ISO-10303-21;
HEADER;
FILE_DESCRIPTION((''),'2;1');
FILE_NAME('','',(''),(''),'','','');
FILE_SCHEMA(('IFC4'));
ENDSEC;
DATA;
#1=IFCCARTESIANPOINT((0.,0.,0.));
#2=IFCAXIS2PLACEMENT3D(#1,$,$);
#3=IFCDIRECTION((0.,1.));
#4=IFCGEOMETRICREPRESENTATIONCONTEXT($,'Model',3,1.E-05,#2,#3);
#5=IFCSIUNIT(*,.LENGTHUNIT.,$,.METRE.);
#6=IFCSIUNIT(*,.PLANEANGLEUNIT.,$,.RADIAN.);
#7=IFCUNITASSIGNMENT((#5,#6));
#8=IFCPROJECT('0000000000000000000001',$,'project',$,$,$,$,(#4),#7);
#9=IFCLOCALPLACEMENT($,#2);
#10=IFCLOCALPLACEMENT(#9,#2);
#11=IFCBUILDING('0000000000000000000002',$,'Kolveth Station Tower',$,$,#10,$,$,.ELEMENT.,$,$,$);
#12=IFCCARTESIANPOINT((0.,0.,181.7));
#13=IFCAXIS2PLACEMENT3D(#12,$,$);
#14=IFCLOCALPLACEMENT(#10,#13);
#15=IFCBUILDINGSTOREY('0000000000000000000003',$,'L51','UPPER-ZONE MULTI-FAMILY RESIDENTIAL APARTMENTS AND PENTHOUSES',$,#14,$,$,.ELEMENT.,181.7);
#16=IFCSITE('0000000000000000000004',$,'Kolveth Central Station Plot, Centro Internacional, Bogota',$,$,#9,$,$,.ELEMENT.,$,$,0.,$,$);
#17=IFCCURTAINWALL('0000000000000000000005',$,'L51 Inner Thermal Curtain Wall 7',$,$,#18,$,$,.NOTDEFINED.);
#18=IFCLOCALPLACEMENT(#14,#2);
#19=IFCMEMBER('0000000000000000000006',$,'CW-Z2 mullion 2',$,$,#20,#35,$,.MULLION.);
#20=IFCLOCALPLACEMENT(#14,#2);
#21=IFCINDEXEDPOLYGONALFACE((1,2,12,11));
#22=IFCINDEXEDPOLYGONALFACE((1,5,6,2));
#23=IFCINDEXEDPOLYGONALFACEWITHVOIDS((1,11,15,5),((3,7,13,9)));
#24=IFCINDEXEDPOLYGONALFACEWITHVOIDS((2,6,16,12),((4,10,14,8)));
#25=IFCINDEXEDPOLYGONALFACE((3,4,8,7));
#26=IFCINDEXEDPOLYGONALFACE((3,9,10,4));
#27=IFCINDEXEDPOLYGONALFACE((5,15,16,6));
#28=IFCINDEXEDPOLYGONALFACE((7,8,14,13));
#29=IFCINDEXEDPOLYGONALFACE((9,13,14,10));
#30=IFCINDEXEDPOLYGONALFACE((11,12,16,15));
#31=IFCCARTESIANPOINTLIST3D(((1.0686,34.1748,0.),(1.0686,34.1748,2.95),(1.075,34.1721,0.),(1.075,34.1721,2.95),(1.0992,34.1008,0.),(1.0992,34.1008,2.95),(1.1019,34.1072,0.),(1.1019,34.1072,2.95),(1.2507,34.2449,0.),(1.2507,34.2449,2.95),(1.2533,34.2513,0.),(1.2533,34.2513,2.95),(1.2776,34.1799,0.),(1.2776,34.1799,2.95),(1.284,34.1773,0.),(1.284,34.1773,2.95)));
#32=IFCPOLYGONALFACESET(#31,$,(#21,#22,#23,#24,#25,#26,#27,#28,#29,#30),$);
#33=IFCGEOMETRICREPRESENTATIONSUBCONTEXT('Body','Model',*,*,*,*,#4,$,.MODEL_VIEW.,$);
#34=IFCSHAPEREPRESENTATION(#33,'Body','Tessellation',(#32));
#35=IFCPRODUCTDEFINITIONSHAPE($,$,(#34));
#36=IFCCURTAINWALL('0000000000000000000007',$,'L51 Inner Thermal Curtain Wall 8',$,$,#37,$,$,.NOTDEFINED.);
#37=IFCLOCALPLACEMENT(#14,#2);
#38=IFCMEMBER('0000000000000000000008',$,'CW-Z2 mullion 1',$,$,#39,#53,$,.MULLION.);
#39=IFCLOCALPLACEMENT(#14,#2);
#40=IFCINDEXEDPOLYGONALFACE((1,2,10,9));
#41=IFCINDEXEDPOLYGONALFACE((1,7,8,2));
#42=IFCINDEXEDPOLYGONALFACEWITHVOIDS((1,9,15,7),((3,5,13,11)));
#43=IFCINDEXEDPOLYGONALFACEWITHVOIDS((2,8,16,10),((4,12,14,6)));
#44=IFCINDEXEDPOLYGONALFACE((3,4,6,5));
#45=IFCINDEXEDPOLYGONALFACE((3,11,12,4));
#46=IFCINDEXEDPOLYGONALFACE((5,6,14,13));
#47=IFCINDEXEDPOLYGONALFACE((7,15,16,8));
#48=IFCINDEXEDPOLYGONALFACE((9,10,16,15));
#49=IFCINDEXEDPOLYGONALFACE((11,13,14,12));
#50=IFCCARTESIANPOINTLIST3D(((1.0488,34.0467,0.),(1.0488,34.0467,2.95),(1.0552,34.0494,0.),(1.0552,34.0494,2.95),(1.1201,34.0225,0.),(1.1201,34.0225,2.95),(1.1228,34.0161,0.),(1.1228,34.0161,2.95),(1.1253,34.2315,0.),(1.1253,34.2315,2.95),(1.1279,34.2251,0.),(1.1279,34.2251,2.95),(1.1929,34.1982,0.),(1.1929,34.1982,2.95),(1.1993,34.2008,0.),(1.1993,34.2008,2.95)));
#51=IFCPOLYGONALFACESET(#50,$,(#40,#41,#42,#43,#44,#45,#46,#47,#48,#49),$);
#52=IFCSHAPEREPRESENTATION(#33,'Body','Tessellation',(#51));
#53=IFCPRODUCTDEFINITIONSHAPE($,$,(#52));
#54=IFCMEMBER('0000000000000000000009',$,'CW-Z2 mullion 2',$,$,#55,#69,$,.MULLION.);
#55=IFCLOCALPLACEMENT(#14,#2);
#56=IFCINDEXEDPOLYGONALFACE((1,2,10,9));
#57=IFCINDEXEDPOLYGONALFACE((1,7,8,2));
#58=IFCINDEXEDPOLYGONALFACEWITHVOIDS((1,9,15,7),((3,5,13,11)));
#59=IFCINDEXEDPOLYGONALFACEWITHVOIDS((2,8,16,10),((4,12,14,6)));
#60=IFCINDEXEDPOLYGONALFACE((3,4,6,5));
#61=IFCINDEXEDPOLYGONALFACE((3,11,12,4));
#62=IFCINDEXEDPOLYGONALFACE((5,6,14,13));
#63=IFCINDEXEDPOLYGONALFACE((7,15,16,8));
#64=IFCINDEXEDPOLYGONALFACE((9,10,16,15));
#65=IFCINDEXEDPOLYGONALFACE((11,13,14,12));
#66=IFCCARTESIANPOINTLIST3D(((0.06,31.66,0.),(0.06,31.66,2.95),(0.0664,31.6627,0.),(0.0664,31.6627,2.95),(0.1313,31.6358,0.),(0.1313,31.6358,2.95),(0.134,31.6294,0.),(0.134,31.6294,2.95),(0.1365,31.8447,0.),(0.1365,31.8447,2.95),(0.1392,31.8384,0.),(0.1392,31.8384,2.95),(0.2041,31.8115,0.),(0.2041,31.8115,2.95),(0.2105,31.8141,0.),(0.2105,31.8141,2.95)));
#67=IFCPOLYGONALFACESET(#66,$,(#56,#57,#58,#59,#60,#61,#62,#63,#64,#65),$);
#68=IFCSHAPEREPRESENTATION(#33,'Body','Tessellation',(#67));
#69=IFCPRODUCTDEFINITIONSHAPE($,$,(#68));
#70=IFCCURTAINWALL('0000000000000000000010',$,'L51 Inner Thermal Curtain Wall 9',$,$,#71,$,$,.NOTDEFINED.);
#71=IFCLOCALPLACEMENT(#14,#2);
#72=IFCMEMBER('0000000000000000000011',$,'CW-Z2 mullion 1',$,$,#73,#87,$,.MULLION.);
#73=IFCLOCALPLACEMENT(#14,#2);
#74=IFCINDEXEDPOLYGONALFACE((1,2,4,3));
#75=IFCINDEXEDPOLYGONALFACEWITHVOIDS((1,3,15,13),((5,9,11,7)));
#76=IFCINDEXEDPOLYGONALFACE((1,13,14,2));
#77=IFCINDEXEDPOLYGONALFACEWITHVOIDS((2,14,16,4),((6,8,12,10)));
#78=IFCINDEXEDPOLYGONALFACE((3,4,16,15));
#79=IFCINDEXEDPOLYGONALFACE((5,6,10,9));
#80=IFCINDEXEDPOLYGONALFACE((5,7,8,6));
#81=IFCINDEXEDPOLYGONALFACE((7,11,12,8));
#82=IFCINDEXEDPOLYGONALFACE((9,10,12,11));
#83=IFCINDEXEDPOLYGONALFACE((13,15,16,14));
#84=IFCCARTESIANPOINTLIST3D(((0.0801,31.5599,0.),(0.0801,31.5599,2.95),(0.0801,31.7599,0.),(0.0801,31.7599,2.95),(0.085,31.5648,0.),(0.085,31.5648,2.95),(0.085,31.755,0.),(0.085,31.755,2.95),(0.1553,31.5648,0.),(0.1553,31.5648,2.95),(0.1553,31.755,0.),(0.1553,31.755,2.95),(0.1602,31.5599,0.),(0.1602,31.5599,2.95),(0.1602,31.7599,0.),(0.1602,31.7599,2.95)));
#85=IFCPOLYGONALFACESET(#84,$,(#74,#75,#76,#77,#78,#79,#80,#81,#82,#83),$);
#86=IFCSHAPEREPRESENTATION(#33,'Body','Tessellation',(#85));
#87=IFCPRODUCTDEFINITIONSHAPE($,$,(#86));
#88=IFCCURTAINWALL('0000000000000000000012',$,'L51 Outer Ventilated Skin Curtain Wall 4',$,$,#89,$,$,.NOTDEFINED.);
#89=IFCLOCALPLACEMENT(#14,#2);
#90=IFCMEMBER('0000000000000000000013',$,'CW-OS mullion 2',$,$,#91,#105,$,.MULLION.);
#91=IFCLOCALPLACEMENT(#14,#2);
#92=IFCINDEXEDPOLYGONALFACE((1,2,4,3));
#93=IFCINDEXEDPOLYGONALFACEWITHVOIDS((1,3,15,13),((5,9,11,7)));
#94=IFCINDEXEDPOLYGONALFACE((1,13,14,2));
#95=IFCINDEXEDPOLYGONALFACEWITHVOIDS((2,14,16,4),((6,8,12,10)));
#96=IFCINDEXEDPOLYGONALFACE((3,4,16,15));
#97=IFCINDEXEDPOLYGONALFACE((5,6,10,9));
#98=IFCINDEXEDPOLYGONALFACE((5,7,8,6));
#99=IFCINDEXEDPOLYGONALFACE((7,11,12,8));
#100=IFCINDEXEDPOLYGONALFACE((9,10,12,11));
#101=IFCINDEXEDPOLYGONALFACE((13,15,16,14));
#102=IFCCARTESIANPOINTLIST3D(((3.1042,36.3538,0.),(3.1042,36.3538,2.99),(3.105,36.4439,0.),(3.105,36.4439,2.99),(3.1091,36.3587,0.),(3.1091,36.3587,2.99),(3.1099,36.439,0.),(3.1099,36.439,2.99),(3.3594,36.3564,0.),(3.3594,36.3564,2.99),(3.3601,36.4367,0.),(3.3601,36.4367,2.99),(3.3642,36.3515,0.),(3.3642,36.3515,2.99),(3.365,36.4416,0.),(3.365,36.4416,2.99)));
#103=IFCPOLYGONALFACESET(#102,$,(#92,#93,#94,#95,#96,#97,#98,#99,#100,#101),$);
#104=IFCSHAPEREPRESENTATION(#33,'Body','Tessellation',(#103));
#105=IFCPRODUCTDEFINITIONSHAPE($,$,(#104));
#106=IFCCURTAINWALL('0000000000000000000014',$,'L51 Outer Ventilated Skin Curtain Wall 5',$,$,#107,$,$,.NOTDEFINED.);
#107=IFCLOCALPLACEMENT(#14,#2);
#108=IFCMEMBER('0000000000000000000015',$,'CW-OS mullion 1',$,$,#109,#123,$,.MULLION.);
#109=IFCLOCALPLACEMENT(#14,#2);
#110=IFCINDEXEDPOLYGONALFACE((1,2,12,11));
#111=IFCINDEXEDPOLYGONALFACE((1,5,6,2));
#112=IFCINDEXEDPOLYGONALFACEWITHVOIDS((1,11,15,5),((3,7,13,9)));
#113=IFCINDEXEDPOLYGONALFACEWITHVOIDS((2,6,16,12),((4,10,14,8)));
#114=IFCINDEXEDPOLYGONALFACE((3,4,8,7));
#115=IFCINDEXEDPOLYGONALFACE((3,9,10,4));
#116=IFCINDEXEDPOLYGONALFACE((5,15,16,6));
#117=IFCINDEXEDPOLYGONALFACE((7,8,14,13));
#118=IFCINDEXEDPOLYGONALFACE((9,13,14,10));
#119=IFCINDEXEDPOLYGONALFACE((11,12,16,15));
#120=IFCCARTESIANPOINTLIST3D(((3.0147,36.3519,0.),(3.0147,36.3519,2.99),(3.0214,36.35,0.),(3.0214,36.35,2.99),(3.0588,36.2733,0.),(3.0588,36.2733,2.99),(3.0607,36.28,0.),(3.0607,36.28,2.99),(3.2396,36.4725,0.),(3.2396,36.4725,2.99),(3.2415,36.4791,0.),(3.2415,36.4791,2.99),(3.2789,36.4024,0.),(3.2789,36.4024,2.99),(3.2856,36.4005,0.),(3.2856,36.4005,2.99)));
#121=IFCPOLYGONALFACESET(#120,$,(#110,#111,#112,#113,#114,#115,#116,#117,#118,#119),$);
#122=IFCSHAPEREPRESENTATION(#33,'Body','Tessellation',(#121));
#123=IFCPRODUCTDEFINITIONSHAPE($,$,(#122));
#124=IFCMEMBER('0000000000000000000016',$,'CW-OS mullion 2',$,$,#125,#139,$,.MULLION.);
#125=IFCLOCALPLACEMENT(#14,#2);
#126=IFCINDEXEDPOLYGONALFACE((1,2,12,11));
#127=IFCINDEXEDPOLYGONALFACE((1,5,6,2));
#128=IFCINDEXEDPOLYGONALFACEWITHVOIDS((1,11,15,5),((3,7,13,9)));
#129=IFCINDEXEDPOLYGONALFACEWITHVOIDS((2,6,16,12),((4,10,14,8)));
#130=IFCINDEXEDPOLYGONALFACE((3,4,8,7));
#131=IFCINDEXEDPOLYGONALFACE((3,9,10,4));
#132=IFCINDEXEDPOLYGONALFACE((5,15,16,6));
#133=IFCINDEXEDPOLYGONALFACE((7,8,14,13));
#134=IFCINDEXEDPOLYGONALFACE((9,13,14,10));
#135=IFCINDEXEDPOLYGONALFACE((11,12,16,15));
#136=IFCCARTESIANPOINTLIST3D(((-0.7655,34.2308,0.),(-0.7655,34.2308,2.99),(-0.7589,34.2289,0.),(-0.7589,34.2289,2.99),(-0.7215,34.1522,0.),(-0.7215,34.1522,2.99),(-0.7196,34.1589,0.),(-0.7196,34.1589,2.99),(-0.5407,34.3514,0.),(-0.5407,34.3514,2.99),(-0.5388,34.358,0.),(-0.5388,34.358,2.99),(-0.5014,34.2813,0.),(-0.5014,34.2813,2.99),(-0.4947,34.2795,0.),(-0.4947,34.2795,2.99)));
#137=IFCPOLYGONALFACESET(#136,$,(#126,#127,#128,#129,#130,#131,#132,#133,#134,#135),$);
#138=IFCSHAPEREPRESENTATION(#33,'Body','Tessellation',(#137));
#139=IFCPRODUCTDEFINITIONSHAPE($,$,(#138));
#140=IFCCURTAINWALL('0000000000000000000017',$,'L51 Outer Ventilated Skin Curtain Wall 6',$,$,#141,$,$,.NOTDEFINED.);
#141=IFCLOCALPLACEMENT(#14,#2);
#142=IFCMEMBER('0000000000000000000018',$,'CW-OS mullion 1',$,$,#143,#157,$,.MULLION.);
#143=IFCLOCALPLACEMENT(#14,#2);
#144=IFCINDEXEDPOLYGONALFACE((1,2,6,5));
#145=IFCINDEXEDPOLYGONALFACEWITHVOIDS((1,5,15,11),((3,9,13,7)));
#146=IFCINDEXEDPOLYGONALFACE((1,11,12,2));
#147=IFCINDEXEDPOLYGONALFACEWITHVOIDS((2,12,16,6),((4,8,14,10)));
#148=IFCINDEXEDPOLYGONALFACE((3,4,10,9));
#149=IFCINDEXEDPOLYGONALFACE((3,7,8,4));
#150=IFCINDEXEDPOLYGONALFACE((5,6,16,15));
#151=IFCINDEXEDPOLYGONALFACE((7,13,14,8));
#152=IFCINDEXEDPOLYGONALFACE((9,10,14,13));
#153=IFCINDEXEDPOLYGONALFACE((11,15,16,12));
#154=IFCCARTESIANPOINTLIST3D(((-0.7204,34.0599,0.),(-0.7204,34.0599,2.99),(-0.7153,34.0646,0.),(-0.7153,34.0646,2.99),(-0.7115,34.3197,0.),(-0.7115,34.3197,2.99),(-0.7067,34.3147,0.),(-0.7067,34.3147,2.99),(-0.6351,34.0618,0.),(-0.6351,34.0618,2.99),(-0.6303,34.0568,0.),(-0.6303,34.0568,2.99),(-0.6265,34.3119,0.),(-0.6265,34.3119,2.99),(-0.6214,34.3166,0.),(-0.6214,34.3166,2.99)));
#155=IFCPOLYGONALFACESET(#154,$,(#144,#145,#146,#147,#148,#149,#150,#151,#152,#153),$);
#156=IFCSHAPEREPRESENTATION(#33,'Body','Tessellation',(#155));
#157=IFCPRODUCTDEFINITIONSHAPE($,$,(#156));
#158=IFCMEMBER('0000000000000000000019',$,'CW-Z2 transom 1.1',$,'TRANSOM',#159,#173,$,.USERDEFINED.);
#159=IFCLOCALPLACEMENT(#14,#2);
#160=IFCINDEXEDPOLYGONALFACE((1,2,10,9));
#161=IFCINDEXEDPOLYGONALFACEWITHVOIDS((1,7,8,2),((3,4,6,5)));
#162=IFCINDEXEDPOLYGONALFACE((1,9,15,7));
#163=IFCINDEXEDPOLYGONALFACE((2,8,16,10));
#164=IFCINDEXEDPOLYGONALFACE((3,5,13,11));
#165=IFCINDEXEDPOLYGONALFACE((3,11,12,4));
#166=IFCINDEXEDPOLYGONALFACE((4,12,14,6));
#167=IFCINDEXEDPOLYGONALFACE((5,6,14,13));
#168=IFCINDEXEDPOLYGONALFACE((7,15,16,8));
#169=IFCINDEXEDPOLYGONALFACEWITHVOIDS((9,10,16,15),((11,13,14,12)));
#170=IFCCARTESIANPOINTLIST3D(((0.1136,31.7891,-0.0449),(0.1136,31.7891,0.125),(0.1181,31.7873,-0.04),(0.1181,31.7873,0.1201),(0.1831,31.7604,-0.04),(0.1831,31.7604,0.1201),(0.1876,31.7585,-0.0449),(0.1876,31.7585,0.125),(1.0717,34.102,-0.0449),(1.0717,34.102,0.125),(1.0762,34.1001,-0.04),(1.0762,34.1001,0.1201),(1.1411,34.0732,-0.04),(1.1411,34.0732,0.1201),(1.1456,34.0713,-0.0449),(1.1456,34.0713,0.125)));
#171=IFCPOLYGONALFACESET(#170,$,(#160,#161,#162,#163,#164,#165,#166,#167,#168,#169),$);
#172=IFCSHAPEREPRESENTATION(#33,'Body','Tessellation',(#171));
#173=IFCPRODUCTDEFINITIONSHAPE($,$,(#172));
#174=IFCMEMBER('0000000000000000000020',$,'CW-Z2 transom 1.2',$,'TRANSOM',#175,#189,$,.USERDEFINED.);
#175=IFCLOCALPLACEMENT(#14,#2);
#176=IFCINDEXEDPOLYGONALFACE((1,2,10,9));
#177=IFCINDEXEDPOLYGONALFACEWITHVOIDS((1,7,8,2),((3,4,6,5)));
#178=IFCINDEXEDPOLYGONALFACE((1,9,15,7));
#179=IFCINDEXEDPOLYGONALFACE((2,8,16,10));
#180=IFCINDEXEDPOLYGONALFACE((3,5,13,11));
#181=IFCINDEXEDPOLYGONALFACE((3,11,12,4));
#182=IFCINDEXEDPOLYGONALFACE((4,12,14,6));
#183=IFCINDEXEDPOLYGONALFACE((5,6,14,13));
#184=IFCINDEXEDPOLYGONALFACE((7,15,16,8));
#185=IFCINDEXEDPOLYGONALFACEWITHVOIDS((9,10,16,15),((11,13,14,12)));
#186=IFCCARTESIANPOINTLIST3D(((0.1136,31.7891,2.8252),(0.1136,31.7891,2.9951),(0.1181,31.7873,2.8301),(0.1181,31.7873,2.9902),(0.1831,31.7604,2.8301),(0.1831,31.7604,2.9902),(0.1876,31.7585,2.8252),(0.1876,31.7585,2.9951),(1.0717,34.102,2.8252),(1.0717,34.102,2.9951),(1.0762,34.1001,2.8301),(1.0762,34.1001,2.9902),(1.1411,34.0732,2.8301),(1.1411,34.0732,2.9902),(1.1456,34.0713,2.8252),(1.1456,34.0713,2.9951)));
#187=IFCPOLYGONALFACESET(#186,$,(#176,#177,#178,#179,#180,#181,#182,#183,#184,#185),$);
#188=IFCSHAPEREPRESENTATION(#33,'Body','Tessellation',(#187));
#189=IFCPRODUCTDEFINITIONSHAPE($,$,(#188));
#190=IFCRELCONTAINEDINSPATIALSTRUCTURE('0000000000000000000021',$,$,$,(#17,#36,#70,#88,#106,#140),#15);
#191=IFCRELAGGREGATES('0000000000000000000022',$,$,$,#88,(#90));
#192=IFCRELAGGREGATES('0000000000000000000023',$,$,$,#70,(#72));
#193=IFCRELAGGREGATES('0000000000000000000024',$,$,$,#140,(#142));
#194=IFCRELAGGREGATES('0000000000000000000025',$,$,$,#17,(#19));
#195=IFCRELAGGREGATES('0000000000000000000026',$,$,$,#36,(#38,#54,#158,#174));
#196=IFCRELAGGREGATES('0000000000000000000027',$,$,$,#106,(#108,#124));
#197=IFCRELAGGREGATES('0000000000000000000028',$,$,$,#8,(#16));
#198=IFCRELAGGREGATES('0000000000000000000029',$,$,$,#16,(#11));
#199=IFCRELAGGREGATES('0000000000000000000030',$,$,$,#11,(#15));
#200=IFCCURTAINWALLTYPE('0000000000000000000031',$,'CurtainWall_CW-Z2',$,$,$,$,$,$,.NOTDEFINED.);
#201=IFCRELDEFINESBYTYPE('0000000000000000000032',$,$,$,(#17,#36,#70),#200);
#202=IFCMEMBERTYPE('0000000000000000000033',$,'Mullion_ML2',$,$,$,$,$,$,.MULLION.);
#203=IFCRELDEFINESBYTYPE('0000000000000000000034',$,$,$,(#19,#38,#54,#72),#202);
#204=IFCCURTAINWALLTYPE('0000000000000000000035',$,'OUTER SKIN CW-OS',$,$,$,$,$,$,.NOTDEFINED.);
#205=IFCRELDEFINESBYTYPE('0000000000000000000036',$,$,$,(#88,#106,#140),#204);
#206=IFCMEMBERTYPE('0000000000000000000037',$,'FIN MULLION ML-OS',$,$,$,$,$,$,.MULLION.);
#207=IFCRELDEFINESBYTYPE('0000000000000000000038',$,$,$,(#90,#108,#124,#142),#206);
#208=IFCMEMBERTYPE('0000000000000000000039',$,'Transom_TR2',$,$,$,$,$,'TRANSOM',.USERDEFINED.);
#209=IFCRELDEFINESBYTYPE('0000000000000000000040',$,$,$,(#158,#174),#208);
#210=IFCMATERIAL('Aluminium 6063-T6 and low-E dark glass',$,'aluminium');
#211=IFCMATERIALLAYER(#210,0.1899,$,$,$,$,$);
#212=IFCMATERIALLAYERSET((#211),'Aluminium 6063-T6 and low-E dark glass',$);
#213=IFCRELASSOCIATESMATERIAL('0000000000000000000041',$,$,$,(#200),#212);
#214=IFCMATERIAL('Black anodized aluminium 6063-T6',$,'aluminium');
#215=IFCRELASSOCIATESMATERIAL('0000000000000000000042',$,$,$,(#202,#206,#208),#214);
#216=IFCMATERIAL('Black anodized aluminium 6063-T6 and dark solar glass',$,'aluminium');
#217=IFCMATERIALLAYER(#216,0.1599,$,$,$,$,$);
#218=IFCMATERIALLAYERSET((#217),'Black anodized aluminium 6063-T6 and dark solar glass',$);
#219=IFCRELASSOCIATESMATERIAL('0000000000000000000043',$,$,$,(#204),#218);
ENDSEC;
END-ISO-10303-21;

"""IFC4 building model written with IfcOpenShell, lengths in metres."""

from ifc_helpers import new_model, si_unit, direction, frame, origin, origin_2d, place, context, subcontext, project, spatial, hollow_rectangle, extrude, source, transform, mapped, material, layer, layer_set, material_profile, profile_set, type_object, element, aggregate, save


model = new_model("IFC4")

# Units and contexts
model_context = context("Model", 3, precision=1e-05, world=origin(), true_north=direction((0.0, 1.0)))
body_context = subcontext(model_context, "Body", "Model", "MODEL_VIEW")
ifc_project = project(units=[si_unit("LENGTHUNIT", "METRE"), si_unit("PLANEANGLEUNIT", "RADIAN")], contexts=[model_context])

# Site, building, storey
site_placement = place(None, origin())
site = spatial("IfcSite", under=ifc_project, at=site_placement, Name="Kolveth Central Station Plot, Centro Internacional, Bogota", CompositionType="ELEMENT", RefElevation=0.0)
building_placement = place(site_placement, origin())
building = spatial("IfcBuilding", under=site, at=building_placement, Name="Kolveth Station Tower", CompositionType="ELEMENT")
storey_placement = place(building_placement, frame((0.0, 0.0, 181.7)))
storey = spatial("IfcBuildingStorey", under=building, at=storey_placement, Name="L51", Description="UPPER-ZONE MULTI-FAMILY RESIDENTIAL APARTMENTS AND PENTHOUSES", CompositionType="ELEMENT", Elevation=181.7)

# Curtain wall, member
ifc_material_1 = material(Name="Aluminium 6063-T6 and low-E dark glass", Category="aluminium")
ifc_layer_1 = layer(ifc_material_1, 0.1899)
ifc_layer_set_1 = layer_set([ifc_layer_1], Name="Aluminium 6063-T6 and low-E dark glass")
curtain_wall_type_1 = type_object("IfcCurtainWallType", Name="CurtainWall_CW-Z2", PredefinedType="NOTDEFINED", material=ifc_layer_set_1)
curtain_wall_1_placement = place(storey_placement, origin())
curtain_wall_1 = element("IfcCurtainWall", 1, at=curtain_wall_1_placement, inside=storey, type_object=curtain_wall_type_1, Name="L51 Inner Thermal Curtain Wall 7", PredefinedType="NOTDEFINED")
ifc_material_2 = material(Name="Black anodized aluminium 6063-T6", Category="aluminium")
ifc_material_profile_1 = material_profile(ifc_material_2, hollow_rectangle(XDim=0.0801, YDim=0.2, WallThickness=0.0049, at=origin_2d()), Name="ALU-80x200x5")
ifc_profile_set_1 = profile_set([ifc_material_profile_1], Name="Black anodized aluminium 6063-T6")
member_type_1 = type_object("IfcMemberType", Name="Mullion_ML2", PredefinedType="MULLION", material=ifc_profile_set_1)
shared_shape_1 = source(origin(), body_context, "Body", "SweptSolid", [
    extrude(hollow_rectangle(XDim=0.0801, YDim=0.2, WallThickness=0.0049, at=origin_2d()), origin(), (0.0, 0.0, 1.0), 2.95),
])
member_1_placement = place(storey_placement, frame((1.1763, 34.176, 0.0), z_axis=(0.0, 0.0, 1.0), x_axis=(0.382698, -0.923874, 0.0)))
member_1 = element("IfcMember", 2, at=member_1_placement, type_object=member_type_1, Name="CW-Z2 mullion 2", PredefinedType="MULLION", context=body_context, shape_type="MappedRepresentation", body=[
    mapped(shared_shape_1, transform((0.0, 0.0, 0.0), x_axis=(1.0, 0.0, 0.0), y_axis=(0.0, 1.0, 0.0), z_axis=(0.0, 0.0, 1.0), scale=1.0)),
])

# Curtain wall, members
curtain_wall_2_placement = place(storey_placement, origin())
curtain_wall_2 = element("IfcCurtainWall", 3, at=curtain_wall_2_placement, inside=storey, type_object=curtain_wall_type_1, Name="L51 Inner Thermal Curtain Wall 8", PredefinedType="NOTDEFINED")
member_2_placement = place(storey_placement, frame((1.124, 34.1238, 0.0), z_axis=(0.0, 0.0, 1.0), x_axis=(0.923874, -0.382698, 0.0)))
member_2 = element("IfcMember", 4, at=member_2_placement, type_object=member_type_1, Name="CW-Z2 mullion 1", PredefinedType="MULLION", context=body_context, shape_type="MappedRepresentation", body=[
    mapped(shared_shape_1, transform((0.0, 0.0, 0.0), x_axis=(1.0, 0.0, 0.0), y_axis=(0.0, 1.0, 0.0), z_axis=(0.0, 0.0, 1.0), scale=1.0)),
])
member_3_placement = place(storey_placement, frame((0.1353, 31.7371, 0.0), z_axis=(0.0, 0.0, 1.0), x_axis=(0.923874, -0.382698, 0.0)))
member_3 = element("IfcMember", 5, at=member_3_placement, type_object=member_type_1, Name="CW-Z2 mullion 2", PredefinedType="MULLION", context=body_context, shape_type="MappedRepresentation", body=[
    mapped(shared_shape_1, transform((0.0, 0.0, 0.0), x_axis=(1.0, 0.0, 0.0), y_axis=(0.0, 1.0, 0.0), z_axis=(0.0, 0.0, 1.0), scale=1.0)),
])

# Curtain walls, members
curtain_wall_3_placement = place(storey_placement, origin())
curtain_wall_3 = element("IfcCurtainWall", 6, at=curtain_wall_3_placement, inside=storey, type_object=curtain_wall_type_1, Name="L51 Inner Thermal Curtain Wall 9", PredefinedType="NOTDEFINED")
member_4_placement = place(storey_placement, frame((0.1201, 31.6599, 0.0), z_axis=(0.0, 0.0, 1.0), x_axis=(1.0, 0.0, 0.0)))
member_4 = element("IfcMember", 7, at=member_4_placement, type_object=member_type_1, Name="CW-Z2 mullion 1", PredefinedType="MULLION", context=body_context, shape_type="MappedRepresentation", body=[
    mapped(shared_shape_1, transform((0.0, 0.0, 0.0), x_axis=(1.0, 0.0, 0.0), y_axis=(0.0, 1.0, 0.0), z_axis=(0.0, 0.0, 1.0), scale=1.0)),
])
ifc_material_3 = material(Name="Black anodized aluminium 6063-T6 and dark solar glass", Category="aluminium")
ifc_layer_2 = layer(ifc_material_3, 0.1599)
ifc_layer_set_2 = layer_set([ifc_layer_2], Name="Black anodized aluminium 6063-T6 and dark solar glass")
curtain_wall_type_2 = type_object("IfcCurtainWallType", Name="OUTER SKIN CW-OS", PredefinedType="NOTDEFINED", material=ifc_layer_set_2)
curtain_wall_4_placement = place(storey_placement, origin())
curtain_wall_4 = element("IfcCurtainWall", 8, at=curtain_wall_4_placement, inside=storey, type_object=curtain_wall_type_2, Name="L51 Outer Ventilated Skin Curtain Wall 4", PredefinedType="NOTDEFINED")
ifc_material_profile_2 = material_profile(ifc_material_2, hollow_rectangle(XDim=0.0901, YDim=0.26, WallThickness=0.0049, at=origin_2d()), Name="ALU-90x260x5")
ifc_profile_set_2 = profile_set([ifc_material_profile_2], Name="Black anodized aluminium 6063-T6")
member_type_2 = type_object("IfcMemberType", Name="FIN MULLION ML-OS", PredefinedType="MULLION", material=ifc_profile_set_2)
shared_shape_2 = source(origin(), body_context, "Body", "SweptSolid", [
    extrude(hollow_rectangle(XDim=0.0901, YDim=0.26, WallThickness=0.0049, at=origin_2d()), origin(), (0.0, 0.0, 1.0), 2.99),
])
member_5_placement = place(storey_placement, frame((3.2346, 36.3977, 0.0), z_axis=(0.0, 0.0, 1.0), x_axis=(-0.009076, -0.999959, 0.0)))
member_5 = element("IfcMember", 9, at=member_5_placement, type_object=member_type_2, Name="CW-OS mullion 2", PredefinedType="MULLION", context=body_context, shape_type="MappedRepresentation", body=[
    mapped(shared_shape_2, transform((0.0, 0.0, 0.0), x_axis=(1.0, 0.0, 0.0), y_axis=(0.0, 1.0, 0.0), z_axis=(0.0, 0.0, 1.0), scale=1.0)),
])
aggregate(curtain_wall_4, [member_5])

# Curtain wall, members
curtain_wall_5_placement = place(storey_placement, origin())
curtain_wall_5 = element("IfcCurtainWall", 10, at=curtain_wall_5_placement, inside=storey, type_object=curtain_wall_type_2, Name="L51 Outer Ventilated Skin Curtain Wall 5", PredefinedType="NOTDEFINED")
member_6_placement = place(storey_placement, frame((3.1501, 36.3762, 0.0), z_axis=(0.0, 0.0, 1.0), x_axis=(0.489304, -0.872113, 0.0)))
member_6 = element("IfcMember", 11, at=member_6_placement, type_object=member_type_2, Name="CW-OS mullion 1", PredefinedType="MULLION", context=body_context, shape_type="MappedRepresentation", body=[
    mapped(shared_shape_2, transform((0.0, 0.0, 0.0), x_axis=(1.0, 0.0, 0.0), y_axis=(0.0, 1.0, 0.0), z_axis=(0.0, 0.0, 1.0), scale=1.0)),
])
member_7_placement = place(storey_placement, frame((-0.6301, 34.2551, 0.0), z_axis=(0.0, 0.0, 1.0), x_axis=(0.489304, -0.872113, 0.0)))
member_7 = element("IfcMember", 12, at=member_7_placement, type_object=member_type_2, Name="CW-OS mullion 2", PredefinedType="MULLION", context=body_context, shape_type="MappedRepresentation", body=[
    mapped(shared_shape_2, transform((0.0, 0.0, 0.0), x_axis=(1.0, 0.0, 0.0), y_axis=(0.0, 1.0, 0.0), z_axis=(0.0, 0.0, 1.0), scale=1.0)),
])

# Curtain wall, member
curtain_wall_6_placement = place(storey_placement, origin())
curtain_wall_6 = element("IfcCurtainWall", 13, at=curtain_wall_6_placement, inside=storey, type_object=curtain_wall_type_2, Name="L51 Outer Ventilated Skin Curtain Wall 6", PredefinedType="NOTDEFINED")
member_8_placement = place(storey_placement, frame((-0.6709, 34.1882, 0.0), z_axis=(0.0, 0.0, 1.0), x_axis=(0.99941, -0.034336, 0.0)))
member_8 = element("IfcMember", 14, at=member_8_placement, type_object=member_type_2, Name="CW-OS mullion 1", PredefinedType="MULLION", context=body_context, shape_type="MappedRepresentation", body=[
    mapped(shared_shape_2, transform((0.0, 0.0, 0.0), x_axis=(1.0, 0.0, 0.0), y_axis=(0.0, 1.0, 0.0), z_axis=(0.0, 0.0, 1.0), scale=1.0)),
])

# Members
ifc_material_profile_3 = material_profile(ifc_material_2, hollow_rectangle(XDim=0.0801, YDim=0.1699, WallThickness=0.0049, at=origin_2d()), Name="ALU-80x170x5")
ifc_profile_set_3 = profile_set([ifc_material_profile_3], Name="Black anodized aluminium 6063-T6")
member_type_3 = type_object("IfcMemberType", Name="Transom_TR2", ElementType="TRANSOM", PredefinedType="USERDEFINED", material=ifc_profile_set_3)
shared_shape_3 = source(origin(), body_context, "Body", "SweptSolid", [
    extrude(hollow_rectangle(XDim=0.0801, YDim=0.1699, WallThickness=0.0049, at=origin_2d()), origin(), (0.0, 0.0, 1.0), 2.5034),
])
member_9_placement = place(storey_placement, frame((1.1086, 34.0867, 0.04), z_axis=(-0.382696, -0.923874, 0.0), x_axis=(0.923874, -0.382696, 0.0)))
member_9 = element("IfcMember", 15, at=member_9_placement, type_object=member_type_3, Name="CW-Z2 transom 1.1", ObjectType="TRANSOM", PredefinedType="USERDEFINED", context=body_context, shape_type="MappedRepresentation", body=[
    mapped(shared_shape_3, transform((0.0, 0.0, 0.0), x_axis=(1.0, 0.0, 0.0), y_axis=(0.0, 1.0, 0.0), z_axis=(0.0, 0.0, 1.0), scale=1.0)),
])
member_10_placement = place(storey_placement, frame((1.1086, 34.0867, 2.9102), z_axis=(-0.382696, -0.923874, 0.0), x_axis=(0.923874, -0.382696, 0.0)))
member_10 = element("IfcMember", 16, at=member_10_placement, type_object=member_type_3, Name="CW-Z2 transom 1.2", ObjectType="TRANSOM", PredefinedType="USERDEFINED", context=body_context, shape_type="MappedRepresentation", body=[
    mapped(shared_shape_3, transform((0.0, 0.0, 0.0), x_axis=(1.0, 0.0, 0.0), y_axis=(0.0, 1.0, 0.0), z_axis=(0.0, 0.0, 1.0), scale=1.0)),
])
aggregate(curtain_wall_3, [member_4])
aggregate(curtain_wall_6, [member_8])

aggregate(curtain_wall_1, [member_1])
aggregate(curtain_wall_2, [member_2, member_3, member_9, member_10])
aggregate(curtain_wall_5, [member_6, member_7])

save(model, "model.ifc")
